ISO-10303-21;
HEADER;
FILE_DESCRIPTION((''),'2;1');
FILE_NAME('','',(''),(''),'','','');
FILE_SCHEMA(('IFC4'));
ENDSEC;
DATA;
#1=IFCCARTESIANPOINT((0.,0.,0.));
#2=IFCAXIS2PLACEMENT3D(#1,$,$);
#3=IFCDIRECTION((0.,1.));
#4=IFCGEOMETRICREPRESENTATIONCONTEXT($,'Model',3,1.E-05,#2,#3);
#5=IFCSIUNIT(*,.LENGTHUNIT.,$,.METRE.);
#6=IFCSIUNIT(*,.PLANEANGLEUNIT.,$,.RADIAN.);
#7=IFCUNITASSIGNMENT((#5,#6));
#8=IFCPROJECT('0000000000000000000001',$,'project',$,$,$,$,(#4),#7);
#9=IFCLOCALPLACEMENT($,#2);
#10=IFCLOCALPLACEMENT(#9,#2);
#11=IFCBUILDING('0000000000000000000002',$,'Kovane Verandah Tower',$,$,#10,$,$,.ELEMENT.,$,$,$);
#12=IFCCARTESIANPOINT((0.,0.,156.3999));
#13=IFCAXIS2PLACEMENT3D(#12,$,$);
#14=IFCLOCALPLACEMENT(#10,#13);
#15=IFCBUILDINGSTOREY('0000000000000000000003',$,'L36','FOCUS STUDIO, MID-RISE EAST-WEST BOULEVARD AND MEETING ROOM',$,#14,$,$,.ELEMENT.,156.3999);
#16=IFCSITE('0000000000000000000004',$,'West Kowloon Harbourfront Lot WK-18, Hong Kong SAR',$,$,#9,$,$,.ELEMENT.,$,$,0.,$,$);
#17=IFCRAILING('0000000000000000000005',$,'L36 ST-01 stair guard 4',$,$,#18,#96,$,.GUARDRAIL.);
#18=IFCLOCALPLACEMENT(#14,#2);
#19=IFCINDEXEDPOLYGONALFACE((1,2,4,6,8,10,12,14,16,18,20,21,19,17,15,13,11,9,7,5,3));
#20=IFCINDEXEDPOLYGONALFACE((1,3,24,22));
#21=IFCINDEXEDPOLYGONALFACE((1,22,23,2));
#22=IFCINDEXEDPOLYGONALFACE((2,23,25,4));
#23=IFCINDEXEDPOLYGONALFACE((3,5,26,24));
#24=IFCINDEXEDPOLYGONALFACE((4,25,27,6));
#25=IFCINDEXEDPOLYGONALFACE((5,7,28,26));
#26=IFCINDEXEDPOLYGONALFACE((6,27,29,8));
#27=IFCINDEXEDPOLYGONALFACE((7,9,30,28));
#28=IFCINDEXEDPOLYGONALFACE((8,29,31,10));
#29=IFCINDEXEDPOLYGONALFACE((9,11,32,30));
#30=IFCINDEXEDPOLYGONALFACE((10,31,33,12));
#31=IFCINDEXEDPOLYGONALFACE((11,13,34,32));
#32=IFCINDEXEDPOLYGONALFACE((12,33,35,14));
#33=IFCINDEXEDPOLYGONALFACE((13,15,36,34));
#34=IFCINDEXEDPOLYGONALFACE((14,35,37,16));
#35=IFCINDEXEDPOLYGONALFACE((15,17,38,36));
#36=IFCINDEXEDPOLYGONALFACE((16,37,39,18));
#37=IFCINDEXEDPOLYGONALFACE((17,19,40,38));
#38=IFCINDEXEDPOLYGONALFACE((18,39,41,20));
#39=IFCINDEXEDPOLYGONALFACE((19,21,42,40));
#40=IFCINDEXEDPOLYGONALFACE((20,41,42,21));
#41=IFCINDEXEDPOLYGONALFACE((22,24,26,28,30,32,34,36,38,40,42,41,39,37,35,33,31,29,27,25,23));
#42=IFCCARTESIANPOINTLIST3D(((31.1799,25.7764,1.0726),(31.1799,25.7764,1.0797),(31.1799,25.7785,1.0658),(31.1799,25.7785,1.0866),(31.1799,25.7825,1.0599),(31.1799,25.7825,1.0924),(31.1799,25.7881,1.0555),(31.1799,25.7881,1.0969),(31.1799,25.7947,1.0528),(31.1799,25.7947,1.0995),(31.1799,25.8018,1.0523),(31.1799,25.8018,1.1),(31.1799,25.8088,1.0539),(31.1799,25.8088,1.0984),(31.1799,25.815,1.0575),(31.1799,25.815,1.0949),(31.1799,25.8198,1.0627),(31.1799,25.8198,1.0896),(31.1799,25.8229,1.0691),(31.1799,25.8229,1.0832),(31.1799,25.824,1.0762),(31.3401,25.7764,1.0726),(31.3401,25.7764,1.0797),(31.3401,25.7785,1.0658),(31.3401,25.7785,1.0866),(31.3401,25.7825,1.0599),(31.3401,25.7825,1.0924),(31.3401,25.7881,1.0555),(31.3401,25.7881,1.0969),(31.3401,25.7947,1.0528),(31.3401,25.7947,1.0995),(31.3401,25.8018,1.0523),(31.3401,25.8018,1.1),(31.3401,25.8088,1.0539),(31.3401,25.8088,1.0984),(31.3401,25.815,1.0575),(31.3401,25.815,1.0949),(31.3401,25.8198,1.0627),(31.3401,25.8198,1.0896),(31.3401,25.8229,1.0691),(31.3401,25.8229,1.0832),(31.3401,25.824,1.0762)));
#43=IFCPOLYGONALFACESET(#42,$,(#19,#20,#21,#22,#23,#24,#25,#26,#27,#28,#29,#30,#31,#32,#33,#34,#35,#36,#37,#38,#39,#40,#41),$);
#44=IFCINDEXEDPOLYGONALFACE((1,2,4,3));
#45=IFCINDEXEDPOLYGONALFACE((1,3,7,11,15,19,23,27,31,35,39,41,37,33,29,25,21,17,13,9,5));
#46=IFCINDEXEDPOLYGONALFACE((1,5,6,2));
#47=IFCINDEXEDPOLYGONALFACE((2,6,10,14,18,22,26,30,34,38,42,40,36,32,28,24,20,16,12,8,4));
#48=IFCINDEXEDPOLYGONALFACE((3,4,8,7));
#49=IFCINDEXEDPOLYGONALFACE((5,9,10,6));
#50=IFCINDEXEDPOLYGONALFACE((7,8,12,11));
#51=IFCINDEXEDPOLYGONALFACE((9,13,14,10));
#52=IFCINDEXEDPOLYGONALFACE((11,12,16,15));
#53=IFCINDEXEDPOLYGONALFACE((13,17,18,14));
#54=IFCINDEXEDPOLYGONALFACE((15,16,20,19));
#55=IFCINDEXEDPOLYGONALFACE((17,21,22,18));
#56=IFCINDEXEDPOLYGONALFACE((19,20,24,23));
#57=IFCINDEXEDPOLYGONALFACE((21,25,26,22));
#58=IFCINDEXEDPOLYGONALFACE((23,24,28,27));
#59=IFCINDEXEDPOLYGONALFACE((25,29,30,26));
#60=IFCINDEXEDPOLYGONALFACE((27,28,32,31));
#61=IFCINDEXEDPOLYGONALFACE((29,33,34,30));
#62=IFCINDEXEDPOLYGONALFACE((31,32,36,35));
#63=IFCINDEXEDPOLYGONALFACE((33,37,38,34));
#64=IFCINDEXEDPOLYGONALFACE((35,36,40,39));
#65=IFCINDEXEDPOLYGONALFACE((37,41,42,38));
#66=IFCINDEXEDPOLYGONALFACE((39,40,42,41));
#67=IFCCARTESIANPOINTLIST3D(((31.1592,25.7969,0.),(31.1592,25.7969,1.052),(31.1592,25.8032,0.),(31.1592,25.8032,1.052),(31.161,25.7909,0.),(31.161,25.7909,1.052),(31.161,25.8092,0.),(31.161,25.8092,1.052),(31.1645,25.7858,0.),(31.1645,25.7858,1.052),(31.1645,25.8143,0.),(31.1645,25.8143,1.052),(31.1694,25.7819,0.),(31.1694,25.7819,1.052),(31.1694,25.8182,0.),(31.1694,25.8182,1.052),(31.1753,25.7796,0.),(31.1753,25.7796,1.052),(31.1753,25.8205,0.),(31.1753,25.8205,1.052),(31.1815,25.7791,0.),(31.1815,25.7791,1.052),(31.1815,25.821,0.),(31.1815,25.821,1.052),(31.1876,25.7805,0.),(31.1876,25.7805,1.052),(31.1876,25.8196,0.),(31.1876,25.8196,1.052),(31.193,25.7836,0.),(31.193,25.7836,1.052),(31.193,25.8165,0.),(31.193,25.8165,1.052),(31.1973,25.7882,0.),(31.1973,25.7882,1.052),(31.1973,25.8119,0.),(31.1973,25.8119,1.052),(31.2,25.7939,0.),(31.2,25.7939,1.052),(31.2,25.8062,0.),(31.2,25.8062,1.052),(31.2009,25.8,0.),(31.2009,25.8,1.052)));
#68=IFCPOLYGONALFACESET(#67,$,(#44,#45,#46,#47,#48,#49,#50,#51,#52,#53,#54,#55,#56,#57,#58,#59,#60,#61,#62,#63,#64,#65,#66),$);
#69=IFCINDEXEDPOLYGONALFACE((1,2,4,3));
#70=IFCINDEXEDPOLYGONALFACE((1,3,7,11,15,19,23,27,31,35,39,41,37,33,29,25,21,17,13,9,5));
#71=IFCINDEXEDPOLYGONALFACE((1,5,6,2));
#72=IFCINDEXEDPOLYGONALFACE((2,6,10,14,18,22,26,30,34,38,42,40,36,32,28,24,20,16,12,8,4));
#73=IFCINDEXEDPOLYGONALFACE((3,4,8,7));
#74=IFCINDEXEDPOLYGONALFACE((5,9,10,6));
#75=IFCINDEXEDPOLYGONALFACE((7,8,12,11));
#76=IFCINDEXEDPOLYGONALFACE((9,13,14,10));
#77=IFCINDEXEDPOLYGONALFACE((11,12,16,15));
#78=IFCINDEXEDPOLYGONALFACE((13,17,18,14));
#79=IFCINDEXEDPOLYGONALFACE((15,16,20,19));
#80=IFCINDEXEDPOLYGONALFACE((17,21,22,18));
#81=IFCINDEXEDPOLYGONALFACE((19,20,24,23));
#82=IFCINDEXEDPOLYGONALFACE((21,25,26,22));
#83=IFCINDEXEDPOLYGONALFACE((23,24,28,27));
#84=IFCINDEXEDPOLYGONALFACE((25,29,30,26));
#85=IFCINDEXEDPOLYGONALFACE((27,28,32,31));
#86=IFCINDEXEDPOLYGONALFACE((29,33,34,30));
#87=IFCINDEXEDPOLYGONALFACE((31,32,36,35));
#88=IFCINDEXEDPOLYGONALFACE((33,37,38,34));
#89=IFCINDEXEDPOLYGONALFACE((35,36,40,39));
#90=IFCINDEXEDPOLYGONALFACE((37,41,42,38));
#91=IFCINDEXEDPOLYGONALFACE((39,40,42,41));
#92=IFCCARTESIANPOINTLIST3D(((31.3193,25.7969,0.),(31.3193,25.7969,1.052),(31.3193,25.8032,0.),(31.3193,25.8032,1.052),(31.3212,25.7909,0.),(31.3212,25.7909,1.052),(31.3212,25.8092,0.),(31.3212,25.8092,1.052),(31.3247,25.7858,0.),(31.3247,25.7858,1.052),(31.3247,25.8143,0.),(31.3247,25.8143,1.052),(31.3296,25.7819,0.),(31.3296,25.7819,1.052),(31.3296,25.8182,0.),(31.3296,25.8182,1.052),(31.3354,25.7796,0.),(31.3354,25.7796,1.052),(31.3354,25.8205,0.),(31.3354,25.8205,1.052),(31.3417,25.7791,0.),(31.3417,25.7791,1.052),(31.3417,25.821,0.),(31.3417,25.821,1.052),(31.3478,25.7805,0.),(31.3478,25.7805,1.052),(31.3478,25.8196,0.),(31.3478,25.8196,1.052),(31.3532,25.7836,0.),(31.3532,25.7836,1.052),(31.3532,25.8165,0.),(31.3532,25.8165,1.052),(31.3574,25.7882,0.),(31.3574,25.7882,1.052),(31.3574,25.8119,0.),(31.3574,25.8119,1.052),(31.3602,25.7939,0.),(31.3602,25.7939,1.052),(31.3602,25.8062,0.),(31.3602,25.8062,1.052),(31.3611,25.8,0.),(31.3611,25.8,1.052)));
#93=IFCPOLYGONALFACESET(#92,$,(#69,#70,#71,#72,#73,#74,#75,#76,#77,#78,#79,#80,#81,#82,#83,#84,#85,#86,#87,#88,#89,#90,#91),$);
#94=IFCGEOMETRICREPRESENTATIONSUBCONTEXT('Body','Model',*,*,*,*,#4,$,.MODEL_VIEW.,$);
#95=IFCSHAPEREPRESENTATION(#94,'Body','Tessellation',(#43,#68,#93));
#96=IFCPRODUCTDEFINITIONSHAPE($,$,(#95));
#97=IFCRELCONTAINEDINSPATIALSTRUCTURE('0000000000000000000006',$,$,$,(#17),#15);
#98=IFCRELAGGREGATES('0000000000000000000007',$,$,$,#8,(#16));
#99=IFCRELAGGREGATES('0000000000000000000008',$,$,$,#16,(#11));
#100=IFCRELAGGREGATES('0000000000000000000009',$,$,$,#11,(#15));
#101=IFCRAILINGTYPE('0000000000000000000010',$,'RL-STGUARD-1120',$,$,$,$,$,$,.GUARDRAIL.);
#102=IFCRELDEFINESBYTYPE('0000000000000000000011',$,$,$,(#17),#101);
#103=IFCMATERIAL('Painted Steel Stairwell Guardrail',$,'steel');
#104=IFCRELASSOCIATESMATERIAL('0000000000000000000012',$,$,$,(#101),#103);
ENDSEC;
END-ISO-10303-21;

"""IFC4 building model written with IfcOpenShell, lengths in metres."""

from ifc_helpers import new_model, si_unit, direction, frame, origin, origin_2d, place, context, subcontext, project, spatial, circle, extrude, material, type_object, element, save


model = new_model("IFC4")

# Units and contexts
model_context = context("Model", 3, precision=1e-05, world=origin(), true_north=direction((0.0, 1.0)))
body_context = subcontext(model_context, "Body", "Model", "MODEL_VIEW")
ifc_project = project(units=[si_unit("LENGTHUNIT", "METRE"), si_unit("PLANEANGLEUNIT", "RADIAN")], contexts=[model_context])

# Site, building, storey
site_placement = place(None, origin())
site = spatial("IfcSite", under=ifc_project, at=site_placement, Name="West Kowloon Harbourfront Lot WK-18, Hong Kong SAR", CompositionType="ELEMENT", RefElevation=0.0)
building_placement = place(site_placement, origin())
building = spatial("IfcBuilding", under=site, at=building_placement, Name="Kovane Verandah Tower", CompositionType="ELEMENT")
storey_placement = place(building_placement, frame((0.0, 0.0, 156.3999)))
storey = spatial("IfcBuildingStorey", under=building, at=storey_placement, Name="L36", Description="FOCUS STUDIO, MID-RISE EAST-WEST BOULEVARD AND MEETING ROOM", CompositionType="ELEMENT", Elevation=156.3999)

# Railing
ifc_material_1 = material(Name="Painted Steel Stairwell Guardrail", Category="steel")
railing_type_1 = type_object("IfcRailingType", Name="RL-STGUARD-1120", PredefinedType="GUARDRAIL", material=ifc_material_1)
railing_1_placement = place(storey_placement, frame((31.1799, 25.8, 0.0)))
element("IfcRailing", 1, at=railing_1_placement, inside=storey, type_object=railing_type_1, Name="L36 ST-01 stair guard 4", PredefinedType="GUARDRAIL", context=body_context, shape_type="SweptSolid", body=[
    extrude(circle(Radius=0.0239, at=origin_2d()), frame((0.0, 0.0, 1.0762), z_axis=(1.0, 0.0, 0.0), x_axis=(0.0, 1.0, 0.0)), (0.0, 0.0, 1.0), 0.1602),
    extrude(circle(Radius=0.021, at=origin_2d()), origin(), (0.0, 0.0, 1.0), 1.052),
    extrude(circle(Radius=0.021, at=origin_2d()), frame((0.1602, 0.0, 0.0)), (0.0, 0.0, 1.0), 1.052),
])

save(model, "model.ifc")
